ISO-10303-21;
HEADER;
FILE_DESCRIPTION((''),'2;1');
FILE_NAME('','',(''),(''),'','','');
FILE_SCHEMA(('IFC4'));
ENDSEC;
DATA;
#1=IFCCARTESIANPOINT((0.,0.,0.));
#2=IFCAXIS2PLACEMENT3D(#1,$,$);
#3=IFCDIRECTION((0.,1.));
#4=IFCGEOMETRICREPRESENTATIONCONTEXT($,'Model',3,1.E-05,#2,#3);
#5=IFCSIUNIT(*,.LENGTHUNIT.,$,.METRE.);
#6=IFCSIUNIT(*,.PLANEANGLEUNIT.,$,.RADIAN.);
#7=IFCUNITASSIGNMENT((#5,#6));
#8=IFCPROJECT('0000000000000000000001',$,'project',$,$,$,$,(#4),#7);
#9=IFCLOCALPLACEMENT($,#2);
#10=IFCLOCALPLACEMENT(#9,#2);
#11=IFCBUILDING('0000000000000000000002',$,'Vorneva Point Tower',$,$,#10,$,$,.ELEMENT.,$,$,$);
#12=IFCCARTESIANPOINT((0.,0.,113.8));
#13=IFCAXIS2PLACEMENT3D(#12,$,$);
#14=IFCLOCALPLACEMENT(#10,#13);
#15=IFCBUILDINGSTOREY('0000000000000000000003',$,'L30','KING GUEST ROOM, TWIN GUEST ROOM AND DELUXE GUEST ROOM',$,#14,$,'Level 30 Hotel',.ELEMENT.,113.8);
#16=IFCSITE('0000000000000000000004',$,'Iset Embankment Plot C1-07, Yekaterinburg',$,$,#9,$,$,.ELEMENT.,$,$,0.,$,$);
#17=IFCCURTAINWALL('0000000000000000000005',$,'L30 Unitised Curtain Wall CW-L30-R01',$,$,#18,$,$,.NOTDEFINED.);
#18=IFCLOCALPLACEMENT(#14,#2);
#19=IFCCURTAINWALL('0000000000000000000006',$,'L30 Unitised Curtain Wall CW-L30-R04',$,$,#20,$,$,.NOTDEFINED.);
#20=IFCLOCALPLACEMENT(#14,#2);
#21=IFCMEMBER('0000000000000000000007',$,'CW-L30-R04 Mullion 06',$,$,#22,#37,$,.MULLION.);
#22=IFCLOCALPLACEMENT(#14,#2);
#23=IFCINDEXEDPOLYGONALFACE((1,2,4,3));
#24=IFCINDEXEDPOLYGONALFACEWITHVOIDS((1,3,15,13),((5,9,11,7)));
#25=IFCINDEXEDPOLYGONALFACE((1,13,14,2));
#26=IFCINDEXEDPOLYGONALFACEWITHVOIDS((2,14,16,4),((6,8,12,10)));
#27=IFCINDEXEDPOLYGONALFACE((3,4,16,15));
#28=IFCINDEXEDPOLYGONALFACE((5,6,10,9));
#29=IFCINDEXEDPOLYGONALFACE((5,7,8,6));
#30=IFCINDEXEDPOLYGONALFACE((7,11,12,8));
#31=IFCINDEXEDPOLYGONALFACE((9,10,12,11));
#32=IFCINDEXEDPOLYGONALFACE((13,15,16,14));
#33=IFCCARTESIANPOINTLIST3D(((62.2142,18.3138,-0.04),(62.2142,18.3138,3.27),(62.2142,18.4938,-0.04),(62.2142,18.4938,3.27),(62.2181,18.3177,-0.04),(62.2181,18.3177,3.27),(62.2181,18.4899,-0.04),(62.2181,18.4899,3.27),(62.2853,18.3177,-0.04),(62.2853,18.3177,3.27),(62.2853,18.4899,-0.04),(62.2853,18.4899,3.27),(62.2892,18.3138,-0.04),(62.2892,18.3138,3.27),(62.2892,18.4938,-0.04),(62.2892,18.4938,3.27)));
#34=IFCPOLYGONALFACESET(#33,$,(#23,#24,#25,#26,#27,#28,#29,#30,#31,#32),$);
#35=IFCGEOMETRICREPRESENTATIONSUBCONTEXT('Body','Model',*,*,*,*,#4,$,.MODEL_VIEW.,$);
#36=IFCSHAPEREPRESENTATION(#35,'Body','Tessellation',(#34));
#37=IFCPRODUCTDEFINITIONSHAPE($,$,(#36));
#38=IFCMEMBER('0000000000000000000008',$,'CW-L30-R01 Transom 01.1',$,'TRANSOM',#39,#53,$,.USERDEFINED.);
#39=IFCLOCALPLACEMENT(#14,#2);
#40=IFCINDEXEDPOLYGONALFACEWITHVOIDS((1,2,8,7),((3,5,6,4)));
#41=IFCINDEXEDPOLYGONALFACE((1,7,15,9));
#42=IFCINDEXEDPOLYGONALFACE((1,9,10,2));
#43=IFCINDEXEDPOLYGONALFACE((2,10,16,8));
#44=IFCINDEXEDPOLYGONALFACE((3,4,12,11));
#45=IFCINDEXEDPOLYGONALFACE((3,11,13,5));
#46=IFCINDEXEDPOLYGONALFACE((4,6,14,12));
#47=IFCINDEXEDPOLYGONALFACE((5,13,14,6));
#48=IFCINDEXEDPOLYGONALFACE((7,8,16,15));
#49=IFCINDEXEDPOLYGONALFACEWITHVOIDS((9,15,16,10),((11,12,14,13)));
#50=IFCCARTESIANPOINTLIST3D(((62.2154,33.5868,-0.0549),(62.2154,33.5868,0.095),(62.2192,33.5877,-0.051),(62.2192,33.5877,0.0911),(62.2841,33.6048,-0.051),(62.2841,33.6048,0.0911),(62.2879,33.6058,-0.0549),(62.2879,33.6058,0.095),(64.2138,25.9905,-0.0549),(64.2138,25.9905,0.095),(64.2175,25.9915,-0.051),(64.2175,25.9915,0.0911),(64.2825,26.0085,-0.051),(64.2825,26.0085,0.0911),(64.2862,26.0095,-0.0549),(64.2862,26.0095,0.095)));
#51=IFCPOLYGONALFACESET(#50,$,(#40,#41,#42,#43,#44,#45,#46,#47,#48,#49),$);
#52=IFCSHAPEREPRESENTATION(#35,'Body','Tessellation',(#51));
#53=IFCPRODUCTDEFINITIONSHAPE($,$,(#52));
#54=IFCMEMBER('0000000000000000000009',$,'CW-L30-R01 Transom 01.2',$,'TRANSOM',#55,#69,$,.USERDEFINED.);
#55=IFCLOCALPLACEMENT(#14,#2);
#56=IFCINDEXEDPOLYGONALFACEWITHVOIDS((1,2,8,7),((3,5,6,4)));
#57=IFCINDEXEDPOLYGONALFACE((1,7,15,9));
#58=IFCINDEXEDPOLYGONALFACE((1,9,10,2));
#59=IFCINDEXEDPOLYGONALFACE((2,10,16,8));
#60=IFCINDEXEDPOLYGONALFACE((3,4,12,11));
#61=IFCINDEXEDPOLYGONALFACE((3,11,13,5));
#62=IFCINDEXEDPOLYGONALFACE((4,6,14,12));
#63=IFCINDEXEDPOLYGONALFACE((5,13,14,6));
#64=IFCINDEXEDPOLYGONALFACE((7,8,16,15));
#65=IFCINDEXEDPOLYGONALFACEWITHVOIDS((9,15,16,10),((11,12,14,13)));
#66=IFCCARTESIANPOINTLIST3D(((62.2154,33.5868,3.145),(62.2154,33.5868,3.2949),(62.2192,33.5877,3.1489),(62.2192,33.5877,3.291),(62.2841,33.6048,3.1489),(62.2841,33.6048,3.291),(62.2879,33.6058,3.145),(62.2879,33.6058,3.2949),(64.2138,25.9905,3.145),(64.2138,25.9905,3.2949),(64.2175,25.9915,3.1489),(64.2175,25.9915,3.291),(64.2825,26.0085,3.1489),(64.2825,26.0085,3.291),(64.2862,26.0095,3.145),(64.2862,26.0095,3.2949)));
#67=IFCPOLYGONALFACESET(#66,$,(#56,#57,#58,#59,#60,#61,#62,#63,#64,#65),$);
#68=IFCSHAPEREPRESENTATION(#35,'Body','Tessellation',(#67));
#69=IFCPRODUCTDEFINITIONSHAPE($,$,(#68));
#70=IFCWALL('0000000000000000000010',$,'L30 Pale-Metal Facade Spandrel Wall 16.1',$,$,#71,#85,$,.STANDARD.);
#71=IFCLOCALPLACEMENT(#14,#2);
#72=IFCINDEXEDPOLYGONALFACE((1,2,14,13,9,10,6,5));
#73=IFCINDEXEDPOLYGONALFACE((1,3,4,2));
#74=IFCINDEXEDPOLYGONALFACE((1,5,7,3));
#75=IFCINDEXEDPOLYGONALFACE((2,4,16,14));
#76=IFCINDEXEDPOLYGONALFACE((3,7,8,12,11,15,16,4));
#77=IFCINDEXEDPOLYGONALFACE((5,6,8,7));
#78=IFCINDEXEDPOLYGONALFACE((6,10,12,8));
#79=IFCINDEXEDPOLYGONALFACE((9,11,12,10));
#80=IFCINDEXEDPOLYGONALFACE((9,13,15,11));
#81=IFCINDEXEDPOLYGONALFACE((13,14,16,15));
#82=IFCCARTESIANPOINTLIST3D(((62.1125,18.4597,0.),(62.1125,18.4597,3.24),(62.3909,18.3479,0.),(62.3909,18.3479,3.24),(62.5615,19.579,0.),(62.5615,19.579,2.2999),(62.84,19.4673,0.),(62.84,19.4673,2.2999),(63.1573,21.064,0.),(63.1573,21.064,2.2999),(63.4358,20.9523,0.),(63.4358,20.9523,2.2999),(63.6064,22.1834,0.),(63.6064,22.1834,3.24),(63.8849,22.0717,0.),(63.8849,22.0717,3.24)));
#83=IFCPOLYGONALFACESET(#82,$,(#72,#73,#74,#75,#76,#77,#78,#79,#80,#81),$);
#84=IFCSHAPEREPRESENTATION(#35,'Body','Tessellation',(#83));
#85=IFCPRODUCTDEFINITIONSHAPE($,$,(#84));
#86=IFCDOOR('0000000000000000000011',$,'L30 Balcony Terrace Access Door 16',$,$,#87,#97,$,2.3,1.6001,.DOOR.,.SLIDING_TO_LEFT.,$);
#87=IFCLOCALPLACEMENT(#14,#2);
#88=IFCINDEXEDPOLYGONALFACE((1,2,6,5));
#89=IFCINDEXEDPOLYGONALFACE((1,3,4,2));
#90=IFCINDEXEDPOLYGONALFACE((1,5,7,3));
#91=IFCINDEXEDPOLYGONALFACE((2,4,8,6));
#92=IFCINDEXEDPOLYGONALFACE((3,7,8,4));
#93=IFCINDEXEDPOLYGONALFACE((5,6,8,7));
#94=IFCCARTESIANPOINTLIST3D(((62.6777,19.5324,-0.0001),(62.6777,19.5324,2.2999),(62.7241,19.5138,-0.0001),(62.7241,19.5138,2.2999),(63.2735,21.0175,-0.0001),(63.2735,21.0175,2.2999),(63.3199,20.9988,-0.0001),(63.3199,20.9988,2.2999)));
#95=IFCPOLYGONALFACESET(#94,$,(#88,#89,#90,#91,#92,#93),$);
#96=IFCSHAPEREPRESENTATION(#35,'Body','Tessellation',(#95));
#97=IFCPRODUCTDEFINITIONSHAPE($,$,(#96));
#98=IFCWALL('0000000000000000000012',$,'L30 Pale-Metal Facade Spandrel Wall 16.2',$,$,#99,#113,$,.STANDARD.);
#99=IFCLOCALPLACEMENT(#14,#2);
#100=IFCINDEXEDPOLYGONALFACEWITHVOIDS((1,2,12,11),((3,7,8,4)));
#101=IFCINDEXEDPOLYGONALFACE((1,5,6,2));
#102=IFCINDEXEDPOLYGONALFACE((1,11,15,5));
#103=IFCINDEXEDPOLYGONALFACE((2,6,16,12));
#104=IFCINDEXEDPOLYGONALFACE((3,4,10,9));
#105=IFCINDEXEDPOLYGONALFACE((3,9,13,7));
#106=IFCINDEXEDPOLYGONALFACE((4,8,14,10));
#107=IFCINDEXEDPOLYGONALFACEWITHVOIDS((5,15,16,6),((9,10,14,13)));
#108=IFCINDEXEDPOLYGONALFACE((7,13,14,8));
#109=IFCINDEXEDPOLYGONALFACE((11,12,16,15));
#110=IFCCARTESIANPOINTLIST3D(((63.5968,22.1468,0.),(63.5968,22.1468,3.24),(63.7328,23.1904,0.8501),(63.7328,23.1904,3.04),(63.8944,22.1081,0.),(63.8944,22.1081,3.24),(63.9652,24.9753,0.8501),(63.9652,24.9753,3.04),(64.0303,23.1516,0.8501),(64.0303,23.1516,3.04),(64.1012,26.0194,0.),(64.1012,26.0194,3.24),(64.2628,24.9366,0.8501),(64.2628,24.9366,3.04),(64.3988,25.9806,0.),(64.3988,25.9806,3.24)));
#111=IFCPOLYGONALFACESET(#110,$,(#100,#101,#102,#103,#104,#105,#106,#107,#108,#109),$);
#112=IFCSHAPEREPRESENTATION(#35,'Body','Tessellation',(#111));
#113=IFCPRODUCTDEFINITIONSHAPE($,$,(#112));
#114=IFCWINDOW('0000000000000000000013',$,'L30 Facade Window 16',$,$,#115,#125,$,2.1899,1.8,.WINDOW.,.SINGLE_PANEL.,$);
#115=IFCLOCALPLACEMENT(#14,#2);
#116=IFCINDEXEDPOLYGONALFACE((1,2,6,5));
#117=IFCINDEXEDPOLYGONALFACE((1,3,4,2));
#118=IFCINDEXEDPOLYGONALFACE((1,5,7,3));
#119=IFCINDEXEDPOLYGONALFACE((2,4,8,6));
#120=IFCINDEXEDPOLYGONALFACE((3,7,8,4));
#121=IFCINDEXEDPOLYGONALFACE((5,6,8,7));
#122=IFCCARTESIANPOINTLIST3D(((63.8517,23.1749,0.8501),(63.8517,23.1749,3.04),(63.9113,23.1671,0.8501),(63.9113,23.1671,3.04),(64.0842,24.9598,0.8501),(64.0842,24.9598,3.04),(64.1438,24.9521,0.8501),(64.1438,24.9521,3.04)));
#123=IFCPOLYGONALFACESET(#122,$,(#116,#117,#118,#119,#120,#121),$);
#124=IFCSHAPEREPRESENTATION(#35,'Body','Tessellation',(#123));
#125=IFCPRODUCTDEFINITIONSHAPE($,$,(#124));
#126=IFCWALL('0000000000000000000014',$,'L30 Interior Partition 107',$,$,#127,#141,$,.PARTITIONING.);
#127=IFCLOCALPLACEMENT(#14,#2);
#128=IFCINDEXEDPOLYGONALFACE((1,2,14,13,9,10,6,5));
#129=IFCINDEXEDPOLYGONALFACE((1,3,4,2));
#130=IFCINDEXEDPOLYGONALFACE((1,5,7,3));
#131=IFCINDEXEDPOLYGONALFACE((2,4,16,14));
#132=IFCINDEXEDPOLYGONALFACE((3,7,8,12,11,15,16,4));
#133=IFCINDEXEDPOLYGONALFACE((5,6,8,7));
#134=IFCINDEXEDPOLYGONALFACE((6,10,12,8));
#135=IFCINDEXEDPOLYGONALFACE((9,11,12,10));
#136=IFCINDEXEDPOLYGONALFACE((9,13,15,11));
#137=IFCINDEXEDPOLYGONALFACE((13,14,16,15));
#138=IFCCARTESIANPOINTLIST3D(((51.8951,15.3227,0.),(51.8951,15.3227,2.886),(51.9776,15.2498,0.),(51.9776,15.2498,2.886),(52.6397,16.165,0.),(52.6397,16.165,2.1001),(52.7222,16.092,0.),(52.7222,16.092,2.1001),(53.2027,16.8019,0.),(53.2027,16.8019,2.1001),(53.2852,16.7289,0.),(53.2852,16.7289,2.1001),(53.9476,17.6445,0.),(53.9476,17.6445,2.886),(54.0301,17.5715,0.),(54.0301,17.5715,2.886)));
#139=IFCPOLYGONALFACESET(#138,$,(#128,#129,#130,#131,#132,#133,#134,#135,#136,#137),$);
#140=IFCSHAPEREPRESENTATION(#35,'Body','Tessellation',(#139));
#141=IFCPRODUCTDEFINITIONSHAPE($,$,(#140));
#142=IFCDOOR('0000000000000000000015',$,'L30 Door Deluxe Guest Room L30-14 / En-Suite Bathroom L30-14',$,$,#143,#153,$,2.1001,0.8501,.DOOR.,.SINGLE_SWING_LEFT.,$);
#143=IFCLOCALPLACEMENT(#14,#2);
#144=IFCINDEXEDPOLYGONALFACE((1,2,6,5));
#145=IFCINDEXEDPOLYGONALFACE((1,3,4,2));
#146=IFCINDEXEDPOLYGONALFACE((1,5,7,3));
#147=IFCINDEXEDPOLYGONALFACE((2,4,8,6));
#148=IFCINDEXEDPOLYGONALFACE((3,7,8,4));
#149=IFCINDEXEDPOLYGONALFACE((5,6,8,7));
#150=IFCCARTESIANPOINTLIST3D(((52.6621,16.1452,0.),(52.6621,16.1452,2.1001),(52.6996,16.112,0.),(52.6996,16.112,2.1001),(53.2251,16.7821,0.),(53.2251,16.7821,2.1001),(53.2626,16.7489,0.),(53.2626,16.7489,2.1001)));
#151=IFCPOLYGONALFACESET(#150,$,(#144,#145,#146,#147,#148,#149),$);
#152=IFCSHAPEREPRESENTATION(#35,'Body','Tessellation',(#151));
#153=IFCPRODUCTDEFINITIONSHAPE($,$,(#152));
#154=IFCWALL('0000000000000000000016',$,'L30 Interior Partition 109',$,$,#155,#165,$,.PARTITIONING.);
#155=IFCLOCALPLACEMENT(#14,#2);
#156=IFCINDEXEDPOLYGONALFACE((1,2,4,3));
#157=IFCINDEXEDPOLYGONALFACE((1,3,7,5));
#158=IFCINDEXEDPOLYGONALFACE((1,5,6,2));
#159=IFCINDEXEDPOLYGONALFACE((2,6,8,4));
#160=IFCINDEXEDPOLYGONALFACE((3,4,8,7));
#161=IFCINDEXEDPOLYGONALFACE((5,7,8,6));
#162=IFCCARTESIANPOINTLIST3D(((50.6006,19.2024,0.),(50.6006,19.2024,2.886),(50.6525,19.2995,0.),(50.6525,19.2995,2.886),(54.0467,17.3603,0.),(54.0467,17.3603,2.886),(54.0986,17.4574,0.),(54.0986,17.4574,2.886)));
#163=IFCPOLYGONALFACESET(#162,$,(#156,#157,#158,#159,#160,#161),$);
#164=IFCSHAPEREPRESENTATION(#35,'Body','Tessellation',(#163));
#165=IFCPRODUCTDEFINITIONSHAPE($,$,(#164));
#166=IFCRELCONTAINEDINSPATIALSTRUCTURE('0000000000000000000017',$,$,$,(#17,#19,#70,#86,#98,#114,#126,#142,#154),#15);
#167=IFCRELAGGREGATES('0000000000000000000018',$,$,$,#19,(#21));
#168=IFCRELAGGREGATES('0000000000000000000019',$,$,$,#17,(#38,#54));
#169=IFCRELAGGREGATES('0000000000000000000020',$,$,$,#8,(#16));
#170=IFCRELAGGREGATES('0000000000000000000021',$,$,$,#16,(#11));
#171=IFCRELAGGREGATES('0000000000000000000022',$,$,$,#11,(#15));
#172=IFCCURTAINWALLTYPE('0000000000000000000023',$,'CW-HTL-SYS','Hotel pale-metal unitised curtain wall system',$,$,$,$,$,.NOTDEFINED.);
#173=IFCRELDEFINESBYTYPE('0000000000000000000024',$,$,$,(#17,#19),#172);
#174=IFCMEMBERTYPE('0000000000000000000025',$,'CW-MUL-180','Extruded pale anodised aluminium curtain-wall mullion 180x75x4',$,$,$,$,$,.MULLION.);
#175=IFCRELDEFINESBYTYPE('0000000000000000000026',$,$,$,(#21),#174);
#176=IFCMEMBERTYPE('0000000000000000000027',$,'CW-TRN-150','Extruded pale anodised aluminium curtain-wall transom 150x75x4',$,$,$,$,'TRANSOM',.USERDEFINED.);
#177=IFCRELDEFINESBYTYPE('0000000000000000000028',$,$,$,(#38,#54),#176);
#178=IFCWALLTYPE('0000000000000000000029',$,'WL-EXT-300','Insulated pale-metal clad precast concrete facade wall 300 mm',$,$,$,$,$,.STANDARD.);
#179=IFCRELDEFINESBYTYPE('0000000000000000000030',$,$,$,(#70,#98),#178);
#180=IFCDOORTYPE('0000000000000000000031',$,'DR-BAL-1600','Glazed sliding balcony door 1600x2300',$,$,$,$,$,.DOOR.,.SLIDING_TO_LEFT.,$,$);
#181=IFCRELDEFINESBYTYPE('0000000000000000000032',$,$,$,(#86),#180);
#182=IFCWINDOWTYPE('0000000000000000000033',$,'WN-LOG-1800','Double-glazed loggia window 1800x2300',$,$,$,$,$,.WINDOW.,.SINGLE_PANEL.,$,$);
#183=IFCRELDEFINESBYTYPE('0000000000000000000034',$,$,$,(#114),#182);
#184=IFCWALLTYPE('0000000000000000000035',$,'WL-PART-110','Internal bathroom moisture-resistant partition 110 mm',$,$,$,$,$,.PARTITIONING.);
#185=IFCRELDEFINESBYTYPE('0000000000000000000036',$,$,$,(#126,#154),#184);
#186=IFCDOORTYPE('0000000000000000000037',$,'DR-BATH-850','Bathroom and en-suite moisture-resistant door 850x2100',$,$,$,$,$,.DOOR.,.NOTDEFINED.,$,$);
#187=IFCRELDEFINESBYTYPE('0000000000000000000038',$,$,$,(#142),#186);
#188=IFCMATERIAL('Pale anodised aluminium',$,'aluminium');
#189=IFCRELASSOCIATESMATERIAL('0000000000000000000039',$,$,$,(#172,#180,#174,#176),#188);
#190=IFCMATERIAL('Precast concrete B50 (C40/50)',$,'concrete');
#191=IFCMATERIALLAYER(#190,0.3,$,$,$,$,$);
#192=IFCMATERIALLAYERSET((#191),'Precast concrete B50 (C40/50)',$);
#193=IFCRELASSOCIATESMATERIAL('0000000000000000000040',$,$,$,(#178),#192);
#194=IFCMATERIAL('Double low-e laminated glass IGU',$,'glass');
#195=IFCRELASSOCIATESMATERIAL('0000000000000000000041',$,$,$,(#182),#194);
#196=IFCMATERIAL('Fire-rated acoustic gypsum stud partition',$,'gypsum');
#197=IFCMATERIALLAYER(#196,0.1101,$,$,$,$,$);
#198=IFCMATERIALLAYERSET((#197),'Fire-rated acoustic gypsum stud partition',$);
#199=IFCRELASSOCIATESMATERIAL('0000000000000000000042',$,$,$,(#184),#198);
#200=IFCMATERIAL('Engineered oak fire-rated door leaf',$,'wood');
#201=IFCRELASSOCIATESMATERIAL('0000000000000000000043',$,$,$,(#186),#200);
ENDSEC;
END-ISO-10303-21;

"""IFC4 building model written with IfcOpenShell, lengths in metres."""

from ifc_helpers import new_model, si_unit, direction, frame, frame_2d, origin, origin_2d, place, context, subcontext, project, spatial, rectangle, hollow_rectangle, extrude, material, layer, layer_set, material_profile, profile_set, type_object, element, fill, aggregate, save


model = new_model("IFC4")

# Units and contexts
model_context = context("Model", 3, precision=1e-05, world=origin(), true_north=direction((0.0, 1.0)))
body_context = subcontext(model_context, "Body", "Model", "MODEL_VIEW")
ifc_project = project(units=[si_unit("LENGTHUNIT", "METRE"), si_unit("PLANEANGLEUNIT", "RADIAN")], contexts=[model_context])

# Site, building, storey
site_placement = place(None, origin())
site = spatial("IfcSite", under=ifc_project, at=site_placement, Name="Iset Embankment Plot C1-07, Yekaterinburg", CompositionType="ELEMENT", RefElevation=0.0)
building_placement = place(site_placement, origin())
building = spatial("IfcBuilding", under=site, at=building_placement, Name="Vorneva Point Tower", CompositionType="ELEMENT")
storey_placement = place(building_placement, frame((0.0, 0.0, 113.8)))
storey = spatial("IfcBuildingStorey", under=building, at=storey_placement, Name="L30", Description="KING GUEST ROOM, TWIN GUEST ROOM AND DELUXE GUEST ROOM", LongName="Level 30 Hotel", CompositionType="ELEMENT", Elevation=113.8)

# Curtain walls, member
ifc_material_1 = material(Name="Pale anodised aluminium", Category="aluminium")
curtain_wall_type = type_object("IfcCurtainWallType", Name="CW-HTL-SYS", Description="Hotel pale-metal unitised curtain wall system", PredefinedType="NOTDEFINED", material=ifc_material_1)
curtain_wall_1_placement = place(storey_placement, origin())
curtain_wall_1 = element("IfcCurtainWall", 1, at=curtain_wall_1_placement, inside=storey, type_object=curtain_wall_type, Name="L30 Unitised Curtain Wall CW-L30-R01", PredefinedType="NOTDEFINED")
ifc_material_profile_1 = material_profile(ifc_material_1, hollow_rectangle(XDim=0.075, YDim=0.1799, WallThickness=0.0039, at=origin_2d()), Name="AL-MUL 180x75x4")
ifc_profile_set_1 = profile_set([ifc_material_profile_1], Name="Pale anodised aluminium")
member_type_1 = type_object("IfcMemberType", Name="CW-MUL-180", Description="Extruded pale anodised aluminium curtain-wall mullion 180x75x4", PredefinedType="MULLION", material=ifc_profile_set_1)
curtain_wall_2_placement = place(storey_placement, origin())
curtain_wall_2 = element("IfcCurtainWall", 2, at=curtain_wall_2_placement, inside=storey, type_object=curtain_wall_type, Name="L30 Unitised Curtain Wall CW-L30-R04", PredefinedType="NOTDEFINED")
member_1_placement = place(storey_placement, frame((62.2517, 18.4038, -0.04), z_axis=(0.0, 0.0, 1.0), x_axis=(1.0, 0.0, 0.0)))
member_1 = element("IfcMember", 3, at=member_1_placement, type_object=member_type_1, Name="CW-L30-R04 Mullion 06", PredefinedType="MULLION", context=body_context, shape_type="SweptSolid", body=[
    extrude(hollow_rectangle(XDim=0.075, YDim=0.1799, WallThickness=0.0039, at=origin_2d()), origin(), (0.0, 0.0, 1.0), 3.3101),
])
aggregate(curtain_wall_2, [member_1])

# Members
ifc_material_profile_2 = material_profile(ifc_material_1, hollow_rectangle(XDim=0.075, YDim=0.1499, WallThickness=0.0039, at=origin_2d()), Name="AL-TRN 150x75x4")
ifc_profile_set_2 = profile_set([ifc_material_profile_2], Name="Pale anodised aluminium")
member_type_2 = type_object("IfcMemberType", Name="CW-TRN-150", Description="Extruded pale anodised aluminium curtain-wall transom 150x75x4", ElementType="TRANSOM", PredefinedType="USERDEFINED", material=ifc_profile_set_2)
member_2_placement = place(storey_placement, frame((64.25, 26.0, 0.02), z_axis=(-0.254409, 0.967097, 0.0), x_axis=(-0.967097, -0.254409, 0.0)))
member_2 = element("IfcMember", 4, at=member_2_placement, type_object=member_type_2, Name="CW-L30-R01 Transom 01.1", ObjectType="TRANSOM", PredefinedType="USERDEFINED", context=body_context, shape_type="SweptSolid", body=[
    extrude(hollow_rectangle(XDim=0.075, YDim=0.1499, WallThickness=0.0039, at=origin_2d()), origin(), (0.0, 0.0, 1.0), 7.8547),
])
member_3_placement = place(storey_placement, frame((64.25, 26.0, 3.22), z_axis=(-0.254409, 0.967097, 0.0), x_axis=(-0.967097, -0.254409, 0.0)))
member_3 = element("IfcMember", 5, at=member_3_placement, type_object=member_type_2, Name="CW-L30-R01 Transom 01.2", ObjectType="TRANSOM", PredefinedType="USERDEFINED", context=body_context, shape_type="SweptSolid", body=[
    extrude(hollow_rectangle(XDim=0.075, YDim=0.1499, WallThickness=0.0039, at=origin_2d()), origin(), (0.0, 0.0, 1.0), 7.8547),
])
aggregate(curtain_wall_1, [member_2, member_3])

# Wall, opening, door
ifc_material_2 = material(Name="Precast concrete B50 (C40/50)", Category="concrete")
ifc_layer_1 = layer(ifc_material_2, 0.3)
ifc_layer_set_1 = layer_set([ifc_layer_1], Name="Precast concrete B50 (C40/50)")
wall_type_1 = type_object("IfcWallType", Name="WL-EXT-300", Description="Insulated pale-metal clad precast concrete facade wall 300 mm", PredefinedType="STANDARD", material=ifc_layer_set_1)
wall_1_placement = place(storey_placement, frame((62.2517, 18.4038, 0.0), z_axis=(0.0, 0.0, 1.0), x_axis=(0.372345, 0.928094, 0.0)))
wall_1 = element("IfcWall", 6, at=wall_1_placement, inside=storey, type_object=wall_type_1, Name="L30 Pale-Metal Facade Spandrel Wall 16.1", PredefinedType="STANDARD", context=body_context, shape_type="SweptSolid", body=[
    extrude(rectangle(XDim=4.0122, YDim=0.3, at=frame_2d((2.0061, 0.0))), origin(), (0.0, 0.0, 1.0), 3.24),
])
opening_1_placement = place(wall_1_placement, frame((1.2061, 0.0, 0.0)))
opening_1 = element("IfcOpeningElement", 7, at=opening_1_placement, cuts=wall_1, PredefinedType="OPENING", context=body_context, shape_type="SweptSolid", body=[
    extrude(rectangle(XDim=1.6001, YDim=2.3, at=frame_2d((0.8, 1.1499))), frame((0.0, 0.165, 0.0), z_axis=(0.0, -1.0, 0.0), x_axis=(1.0, 0.0, 0.0)), (0.0, 0.0, 1.0), 0.3298),
])
door_type_1 = type_object("IfcDoorType", Name="DR-BAL-1600", Description="Glazed sliding balcony door 1600x2300", OperationType="SLIDING_TO_LEFT", PredefinedType="DOOR", material=ifc_material_1)
door_1_placement = place(opening_1_placement, origin())
door_1 = element("IfcDoor", 8, at=door_1_placement, inside=storey, type_object=door_type_1, Name="L30 Balcony Terrace Access Door 16", OperationType="SLIDING_TO_LEFT", OverallHeight=2.3, OverallWidth=1.6001, PredefinedType="DOOR", context=body_context, shape_type="SweptSolid", body=[
    extrude(rectangle(XDim=1.6001, YDim=2.3, at=frame_2d((0.8, 1.1499))), frame((0.0, 0.0249, 0.0), z_axis=(0.0, -1.0, 0.0), x_axis=(1.0, 0.0, 0.0)), (0.0, 0.0, 1.0), 0.05),
])
fill(opening_1, door_1)

# Wall, opening, window
wall_2_placement = place(storey_placement, frame((63.7456, 22.1274, 0.0), z_axis=(0.0, 0.0, 1.0), x_axis=(0.129157, 0.991624, 0.0)))
wall_2 = element("IfcWall", 9, at=wall_2_placement, inside=storey, type_object=wall_type_1, Name="L30 Pale-Metal Facade Spandrel Wall 16.2", PredefinedType="STANDARD", context=body_context, shape_type="SweptSolid", body=[
    extrude(rectangle(XDim=3.9053, YDim=0.3, at=frame_2d((1.9526, 0.0))), origin(), (0.0, 0.0, 1.0), 3.24),
])
opening_2_placement = place(wall_2_placement, frame((1.0525, 0.0, 0.8501)))
opening_2 = element("IfcOpeningElement", 10, at=opening_2_placement, cuts=wall_2, PredefinedType="OPENING", context=body_context, shape_type="SweptSolid", body=[
    extrude(rectangle(XDim=1.8, YDim=2.1899, at=frame_2d((0.8999, 1.095))), frame((0.0, 0.165, 0.0), z_axis=(0.0, -1.0, 0.0), x_axis=(1.0, 0.0, 0.0)), (0.0, 0.0, 1.0), 0.3298),
])
ifc_material_3 = material(Name="Double low-e laminated glass IGU", Category="glass")
window_type = type_object("IfcWindowType", Name="WN-LOG-1800", Description="Double-glazed loggia window 1800x2300", PartitioningType="SINGLE_PANEL", PredefinedType="WINDOW", material=ifc_material_3)
window_placement = place(opening_2_placement, origin())
window = element("IfcWindow", 11, at=window_placement, inside=storey, type_object=window_type, Name="L30 Facade Window 16", OverallHeight=2.1899, OverallWidth=1.8, PartitioningType="SINGLE_PANEL", PredefinedType="WINDOW", context=body_context, shape_type="SweptSolid", body=[
    extrude(rectangle(XDim=1.8, YDim=2.1899, at=frame_2d((0.8999, 1.095))), frame((0.0, 0.03, 0.0), z_axis=(0.0, -1.0, 0.0), x_axis=(1.0, 0.0, 0.0)), (0.0, 0.0, 1.0), 0.0601),
])
fill(opening_2, window)

# Wall, opening, door
ifc_material_4 = material(Name="Fire-rated acoustic gypsum stud partition", Category="gypsum")
ifc_layer_2 = layer(ifc_material_4, 0.1101)
ifc_layer_set_2 = layer_set([ifc_layer_2], Name="Fire-rated acoustic gypsum stud partition")
wall_type_2 = type_object("IfcWallType", Name="WL-PART-110", Description="Internal bathroom moisture-resistant partition 110 mm", PredefinedType="PARTITIONING", material=ifc_layer_set_2)
wall_3_placement = place(storey_placement, frame((53.9888, 17.6079, 0.0), z_axis=(0.0, 0.0, 1.0), x_axis=(-0.662322, -0.749219, 0.0)))
wall_3 = element("IfcWall", 12, at=wall_3_placement, inside=storey, type_object=wall_type_2, Name="L30 Interior Partition 107", PredefinedType="PARTITIONING", context=body_context, shape_type="SweptSolid", body=[
    extrude(rectangle(XDim=3.0989, YDim=0.1101, at=frame_2d((1.5493, 0.0))), origin(), (0.0, 0.0, 1.0), 2.886),
])
opening_3_placement = place(wall_3_placement, frame((1.1245, 0.0, 0.0)))
opening_3 = element("IfcOpeningElement", 13, at=opening_3_placement, cuts=wall_3, PredefinedType="OPENING", context=body_context, shape_type="SweptSolid", body=[
    extrude(rectangle(XDim=0.8501, YDim=2.1001, at=frame_2d((0.425, 1.05))), frame((0.0, 0.0698, 0.0), z_axis=(0.0, -1.0, 0.0), x_axis=(1.0, 0.0, 0.0)), (0.0, 0.0, 1.0), 0.1399),
])
ifc_material_5 = material(Name="Engineered oak fire-rated door leaf", Category="wood")
door_type_2 = type_object("IfcDoorType", Name="DR-BATH-850", Description="Bathroom and en-suite moisture-resistant door 850x2100", OperationType="NOTDEFINED", PredefinedType="DOOR", material=ifc_material_5)
door_2_placement = place(opening_3_placement, origin())
door_2 = element("IfcDoor", 14, at=door_2_placement, inside=storey, type_object=door_type_2, Name="L30 Door Deluxe Guest Room L30-14 / En-Suite Bathroom L30-14", OperationType="SINGLE_SWING_LEFT", OverallHeight=2.1001, OverallWidth=0.8501, PredefinedType="DOOR", context=body_context, shape_type="SweptSolid", body=[
    extrude(rectangle(XDim=0.8501, YDim=2.1001, at=frame_2d((0.425, 1.05))), frame((0.0, 0.0249, 0.0), z_axis=(0.0, -1.0, 0.0), x_axis=(1.0, 0.0, 0.0)), (0.0, 0.0, 1.0), 0.05),
])
fill(opening_3, door_2)

# Wall
wall_4_placement = place(storey_placement, frame((54.0725, 17.4089, 0.0), z_axis=(0.0, 0.0, 1.0), x_axis=(-0.881912, 0.471415, 0.0)))
element("IfcWall", 15, at=wall_4_placement, inside=storey, type_object=wall_type_2, Name="L30 Interior Partition 109", PredefinedType="PARTITIONING", context=body_context, shape_type="SweptSolid", body=[
    extrude(rectangle(XDim=3.9075, YDim=0.1101, at=frame_2d((1.9536, 0.0))), origin(), (0.0, 0.0, 1.0), 2.886),
])

save(model, "model.ifc")
